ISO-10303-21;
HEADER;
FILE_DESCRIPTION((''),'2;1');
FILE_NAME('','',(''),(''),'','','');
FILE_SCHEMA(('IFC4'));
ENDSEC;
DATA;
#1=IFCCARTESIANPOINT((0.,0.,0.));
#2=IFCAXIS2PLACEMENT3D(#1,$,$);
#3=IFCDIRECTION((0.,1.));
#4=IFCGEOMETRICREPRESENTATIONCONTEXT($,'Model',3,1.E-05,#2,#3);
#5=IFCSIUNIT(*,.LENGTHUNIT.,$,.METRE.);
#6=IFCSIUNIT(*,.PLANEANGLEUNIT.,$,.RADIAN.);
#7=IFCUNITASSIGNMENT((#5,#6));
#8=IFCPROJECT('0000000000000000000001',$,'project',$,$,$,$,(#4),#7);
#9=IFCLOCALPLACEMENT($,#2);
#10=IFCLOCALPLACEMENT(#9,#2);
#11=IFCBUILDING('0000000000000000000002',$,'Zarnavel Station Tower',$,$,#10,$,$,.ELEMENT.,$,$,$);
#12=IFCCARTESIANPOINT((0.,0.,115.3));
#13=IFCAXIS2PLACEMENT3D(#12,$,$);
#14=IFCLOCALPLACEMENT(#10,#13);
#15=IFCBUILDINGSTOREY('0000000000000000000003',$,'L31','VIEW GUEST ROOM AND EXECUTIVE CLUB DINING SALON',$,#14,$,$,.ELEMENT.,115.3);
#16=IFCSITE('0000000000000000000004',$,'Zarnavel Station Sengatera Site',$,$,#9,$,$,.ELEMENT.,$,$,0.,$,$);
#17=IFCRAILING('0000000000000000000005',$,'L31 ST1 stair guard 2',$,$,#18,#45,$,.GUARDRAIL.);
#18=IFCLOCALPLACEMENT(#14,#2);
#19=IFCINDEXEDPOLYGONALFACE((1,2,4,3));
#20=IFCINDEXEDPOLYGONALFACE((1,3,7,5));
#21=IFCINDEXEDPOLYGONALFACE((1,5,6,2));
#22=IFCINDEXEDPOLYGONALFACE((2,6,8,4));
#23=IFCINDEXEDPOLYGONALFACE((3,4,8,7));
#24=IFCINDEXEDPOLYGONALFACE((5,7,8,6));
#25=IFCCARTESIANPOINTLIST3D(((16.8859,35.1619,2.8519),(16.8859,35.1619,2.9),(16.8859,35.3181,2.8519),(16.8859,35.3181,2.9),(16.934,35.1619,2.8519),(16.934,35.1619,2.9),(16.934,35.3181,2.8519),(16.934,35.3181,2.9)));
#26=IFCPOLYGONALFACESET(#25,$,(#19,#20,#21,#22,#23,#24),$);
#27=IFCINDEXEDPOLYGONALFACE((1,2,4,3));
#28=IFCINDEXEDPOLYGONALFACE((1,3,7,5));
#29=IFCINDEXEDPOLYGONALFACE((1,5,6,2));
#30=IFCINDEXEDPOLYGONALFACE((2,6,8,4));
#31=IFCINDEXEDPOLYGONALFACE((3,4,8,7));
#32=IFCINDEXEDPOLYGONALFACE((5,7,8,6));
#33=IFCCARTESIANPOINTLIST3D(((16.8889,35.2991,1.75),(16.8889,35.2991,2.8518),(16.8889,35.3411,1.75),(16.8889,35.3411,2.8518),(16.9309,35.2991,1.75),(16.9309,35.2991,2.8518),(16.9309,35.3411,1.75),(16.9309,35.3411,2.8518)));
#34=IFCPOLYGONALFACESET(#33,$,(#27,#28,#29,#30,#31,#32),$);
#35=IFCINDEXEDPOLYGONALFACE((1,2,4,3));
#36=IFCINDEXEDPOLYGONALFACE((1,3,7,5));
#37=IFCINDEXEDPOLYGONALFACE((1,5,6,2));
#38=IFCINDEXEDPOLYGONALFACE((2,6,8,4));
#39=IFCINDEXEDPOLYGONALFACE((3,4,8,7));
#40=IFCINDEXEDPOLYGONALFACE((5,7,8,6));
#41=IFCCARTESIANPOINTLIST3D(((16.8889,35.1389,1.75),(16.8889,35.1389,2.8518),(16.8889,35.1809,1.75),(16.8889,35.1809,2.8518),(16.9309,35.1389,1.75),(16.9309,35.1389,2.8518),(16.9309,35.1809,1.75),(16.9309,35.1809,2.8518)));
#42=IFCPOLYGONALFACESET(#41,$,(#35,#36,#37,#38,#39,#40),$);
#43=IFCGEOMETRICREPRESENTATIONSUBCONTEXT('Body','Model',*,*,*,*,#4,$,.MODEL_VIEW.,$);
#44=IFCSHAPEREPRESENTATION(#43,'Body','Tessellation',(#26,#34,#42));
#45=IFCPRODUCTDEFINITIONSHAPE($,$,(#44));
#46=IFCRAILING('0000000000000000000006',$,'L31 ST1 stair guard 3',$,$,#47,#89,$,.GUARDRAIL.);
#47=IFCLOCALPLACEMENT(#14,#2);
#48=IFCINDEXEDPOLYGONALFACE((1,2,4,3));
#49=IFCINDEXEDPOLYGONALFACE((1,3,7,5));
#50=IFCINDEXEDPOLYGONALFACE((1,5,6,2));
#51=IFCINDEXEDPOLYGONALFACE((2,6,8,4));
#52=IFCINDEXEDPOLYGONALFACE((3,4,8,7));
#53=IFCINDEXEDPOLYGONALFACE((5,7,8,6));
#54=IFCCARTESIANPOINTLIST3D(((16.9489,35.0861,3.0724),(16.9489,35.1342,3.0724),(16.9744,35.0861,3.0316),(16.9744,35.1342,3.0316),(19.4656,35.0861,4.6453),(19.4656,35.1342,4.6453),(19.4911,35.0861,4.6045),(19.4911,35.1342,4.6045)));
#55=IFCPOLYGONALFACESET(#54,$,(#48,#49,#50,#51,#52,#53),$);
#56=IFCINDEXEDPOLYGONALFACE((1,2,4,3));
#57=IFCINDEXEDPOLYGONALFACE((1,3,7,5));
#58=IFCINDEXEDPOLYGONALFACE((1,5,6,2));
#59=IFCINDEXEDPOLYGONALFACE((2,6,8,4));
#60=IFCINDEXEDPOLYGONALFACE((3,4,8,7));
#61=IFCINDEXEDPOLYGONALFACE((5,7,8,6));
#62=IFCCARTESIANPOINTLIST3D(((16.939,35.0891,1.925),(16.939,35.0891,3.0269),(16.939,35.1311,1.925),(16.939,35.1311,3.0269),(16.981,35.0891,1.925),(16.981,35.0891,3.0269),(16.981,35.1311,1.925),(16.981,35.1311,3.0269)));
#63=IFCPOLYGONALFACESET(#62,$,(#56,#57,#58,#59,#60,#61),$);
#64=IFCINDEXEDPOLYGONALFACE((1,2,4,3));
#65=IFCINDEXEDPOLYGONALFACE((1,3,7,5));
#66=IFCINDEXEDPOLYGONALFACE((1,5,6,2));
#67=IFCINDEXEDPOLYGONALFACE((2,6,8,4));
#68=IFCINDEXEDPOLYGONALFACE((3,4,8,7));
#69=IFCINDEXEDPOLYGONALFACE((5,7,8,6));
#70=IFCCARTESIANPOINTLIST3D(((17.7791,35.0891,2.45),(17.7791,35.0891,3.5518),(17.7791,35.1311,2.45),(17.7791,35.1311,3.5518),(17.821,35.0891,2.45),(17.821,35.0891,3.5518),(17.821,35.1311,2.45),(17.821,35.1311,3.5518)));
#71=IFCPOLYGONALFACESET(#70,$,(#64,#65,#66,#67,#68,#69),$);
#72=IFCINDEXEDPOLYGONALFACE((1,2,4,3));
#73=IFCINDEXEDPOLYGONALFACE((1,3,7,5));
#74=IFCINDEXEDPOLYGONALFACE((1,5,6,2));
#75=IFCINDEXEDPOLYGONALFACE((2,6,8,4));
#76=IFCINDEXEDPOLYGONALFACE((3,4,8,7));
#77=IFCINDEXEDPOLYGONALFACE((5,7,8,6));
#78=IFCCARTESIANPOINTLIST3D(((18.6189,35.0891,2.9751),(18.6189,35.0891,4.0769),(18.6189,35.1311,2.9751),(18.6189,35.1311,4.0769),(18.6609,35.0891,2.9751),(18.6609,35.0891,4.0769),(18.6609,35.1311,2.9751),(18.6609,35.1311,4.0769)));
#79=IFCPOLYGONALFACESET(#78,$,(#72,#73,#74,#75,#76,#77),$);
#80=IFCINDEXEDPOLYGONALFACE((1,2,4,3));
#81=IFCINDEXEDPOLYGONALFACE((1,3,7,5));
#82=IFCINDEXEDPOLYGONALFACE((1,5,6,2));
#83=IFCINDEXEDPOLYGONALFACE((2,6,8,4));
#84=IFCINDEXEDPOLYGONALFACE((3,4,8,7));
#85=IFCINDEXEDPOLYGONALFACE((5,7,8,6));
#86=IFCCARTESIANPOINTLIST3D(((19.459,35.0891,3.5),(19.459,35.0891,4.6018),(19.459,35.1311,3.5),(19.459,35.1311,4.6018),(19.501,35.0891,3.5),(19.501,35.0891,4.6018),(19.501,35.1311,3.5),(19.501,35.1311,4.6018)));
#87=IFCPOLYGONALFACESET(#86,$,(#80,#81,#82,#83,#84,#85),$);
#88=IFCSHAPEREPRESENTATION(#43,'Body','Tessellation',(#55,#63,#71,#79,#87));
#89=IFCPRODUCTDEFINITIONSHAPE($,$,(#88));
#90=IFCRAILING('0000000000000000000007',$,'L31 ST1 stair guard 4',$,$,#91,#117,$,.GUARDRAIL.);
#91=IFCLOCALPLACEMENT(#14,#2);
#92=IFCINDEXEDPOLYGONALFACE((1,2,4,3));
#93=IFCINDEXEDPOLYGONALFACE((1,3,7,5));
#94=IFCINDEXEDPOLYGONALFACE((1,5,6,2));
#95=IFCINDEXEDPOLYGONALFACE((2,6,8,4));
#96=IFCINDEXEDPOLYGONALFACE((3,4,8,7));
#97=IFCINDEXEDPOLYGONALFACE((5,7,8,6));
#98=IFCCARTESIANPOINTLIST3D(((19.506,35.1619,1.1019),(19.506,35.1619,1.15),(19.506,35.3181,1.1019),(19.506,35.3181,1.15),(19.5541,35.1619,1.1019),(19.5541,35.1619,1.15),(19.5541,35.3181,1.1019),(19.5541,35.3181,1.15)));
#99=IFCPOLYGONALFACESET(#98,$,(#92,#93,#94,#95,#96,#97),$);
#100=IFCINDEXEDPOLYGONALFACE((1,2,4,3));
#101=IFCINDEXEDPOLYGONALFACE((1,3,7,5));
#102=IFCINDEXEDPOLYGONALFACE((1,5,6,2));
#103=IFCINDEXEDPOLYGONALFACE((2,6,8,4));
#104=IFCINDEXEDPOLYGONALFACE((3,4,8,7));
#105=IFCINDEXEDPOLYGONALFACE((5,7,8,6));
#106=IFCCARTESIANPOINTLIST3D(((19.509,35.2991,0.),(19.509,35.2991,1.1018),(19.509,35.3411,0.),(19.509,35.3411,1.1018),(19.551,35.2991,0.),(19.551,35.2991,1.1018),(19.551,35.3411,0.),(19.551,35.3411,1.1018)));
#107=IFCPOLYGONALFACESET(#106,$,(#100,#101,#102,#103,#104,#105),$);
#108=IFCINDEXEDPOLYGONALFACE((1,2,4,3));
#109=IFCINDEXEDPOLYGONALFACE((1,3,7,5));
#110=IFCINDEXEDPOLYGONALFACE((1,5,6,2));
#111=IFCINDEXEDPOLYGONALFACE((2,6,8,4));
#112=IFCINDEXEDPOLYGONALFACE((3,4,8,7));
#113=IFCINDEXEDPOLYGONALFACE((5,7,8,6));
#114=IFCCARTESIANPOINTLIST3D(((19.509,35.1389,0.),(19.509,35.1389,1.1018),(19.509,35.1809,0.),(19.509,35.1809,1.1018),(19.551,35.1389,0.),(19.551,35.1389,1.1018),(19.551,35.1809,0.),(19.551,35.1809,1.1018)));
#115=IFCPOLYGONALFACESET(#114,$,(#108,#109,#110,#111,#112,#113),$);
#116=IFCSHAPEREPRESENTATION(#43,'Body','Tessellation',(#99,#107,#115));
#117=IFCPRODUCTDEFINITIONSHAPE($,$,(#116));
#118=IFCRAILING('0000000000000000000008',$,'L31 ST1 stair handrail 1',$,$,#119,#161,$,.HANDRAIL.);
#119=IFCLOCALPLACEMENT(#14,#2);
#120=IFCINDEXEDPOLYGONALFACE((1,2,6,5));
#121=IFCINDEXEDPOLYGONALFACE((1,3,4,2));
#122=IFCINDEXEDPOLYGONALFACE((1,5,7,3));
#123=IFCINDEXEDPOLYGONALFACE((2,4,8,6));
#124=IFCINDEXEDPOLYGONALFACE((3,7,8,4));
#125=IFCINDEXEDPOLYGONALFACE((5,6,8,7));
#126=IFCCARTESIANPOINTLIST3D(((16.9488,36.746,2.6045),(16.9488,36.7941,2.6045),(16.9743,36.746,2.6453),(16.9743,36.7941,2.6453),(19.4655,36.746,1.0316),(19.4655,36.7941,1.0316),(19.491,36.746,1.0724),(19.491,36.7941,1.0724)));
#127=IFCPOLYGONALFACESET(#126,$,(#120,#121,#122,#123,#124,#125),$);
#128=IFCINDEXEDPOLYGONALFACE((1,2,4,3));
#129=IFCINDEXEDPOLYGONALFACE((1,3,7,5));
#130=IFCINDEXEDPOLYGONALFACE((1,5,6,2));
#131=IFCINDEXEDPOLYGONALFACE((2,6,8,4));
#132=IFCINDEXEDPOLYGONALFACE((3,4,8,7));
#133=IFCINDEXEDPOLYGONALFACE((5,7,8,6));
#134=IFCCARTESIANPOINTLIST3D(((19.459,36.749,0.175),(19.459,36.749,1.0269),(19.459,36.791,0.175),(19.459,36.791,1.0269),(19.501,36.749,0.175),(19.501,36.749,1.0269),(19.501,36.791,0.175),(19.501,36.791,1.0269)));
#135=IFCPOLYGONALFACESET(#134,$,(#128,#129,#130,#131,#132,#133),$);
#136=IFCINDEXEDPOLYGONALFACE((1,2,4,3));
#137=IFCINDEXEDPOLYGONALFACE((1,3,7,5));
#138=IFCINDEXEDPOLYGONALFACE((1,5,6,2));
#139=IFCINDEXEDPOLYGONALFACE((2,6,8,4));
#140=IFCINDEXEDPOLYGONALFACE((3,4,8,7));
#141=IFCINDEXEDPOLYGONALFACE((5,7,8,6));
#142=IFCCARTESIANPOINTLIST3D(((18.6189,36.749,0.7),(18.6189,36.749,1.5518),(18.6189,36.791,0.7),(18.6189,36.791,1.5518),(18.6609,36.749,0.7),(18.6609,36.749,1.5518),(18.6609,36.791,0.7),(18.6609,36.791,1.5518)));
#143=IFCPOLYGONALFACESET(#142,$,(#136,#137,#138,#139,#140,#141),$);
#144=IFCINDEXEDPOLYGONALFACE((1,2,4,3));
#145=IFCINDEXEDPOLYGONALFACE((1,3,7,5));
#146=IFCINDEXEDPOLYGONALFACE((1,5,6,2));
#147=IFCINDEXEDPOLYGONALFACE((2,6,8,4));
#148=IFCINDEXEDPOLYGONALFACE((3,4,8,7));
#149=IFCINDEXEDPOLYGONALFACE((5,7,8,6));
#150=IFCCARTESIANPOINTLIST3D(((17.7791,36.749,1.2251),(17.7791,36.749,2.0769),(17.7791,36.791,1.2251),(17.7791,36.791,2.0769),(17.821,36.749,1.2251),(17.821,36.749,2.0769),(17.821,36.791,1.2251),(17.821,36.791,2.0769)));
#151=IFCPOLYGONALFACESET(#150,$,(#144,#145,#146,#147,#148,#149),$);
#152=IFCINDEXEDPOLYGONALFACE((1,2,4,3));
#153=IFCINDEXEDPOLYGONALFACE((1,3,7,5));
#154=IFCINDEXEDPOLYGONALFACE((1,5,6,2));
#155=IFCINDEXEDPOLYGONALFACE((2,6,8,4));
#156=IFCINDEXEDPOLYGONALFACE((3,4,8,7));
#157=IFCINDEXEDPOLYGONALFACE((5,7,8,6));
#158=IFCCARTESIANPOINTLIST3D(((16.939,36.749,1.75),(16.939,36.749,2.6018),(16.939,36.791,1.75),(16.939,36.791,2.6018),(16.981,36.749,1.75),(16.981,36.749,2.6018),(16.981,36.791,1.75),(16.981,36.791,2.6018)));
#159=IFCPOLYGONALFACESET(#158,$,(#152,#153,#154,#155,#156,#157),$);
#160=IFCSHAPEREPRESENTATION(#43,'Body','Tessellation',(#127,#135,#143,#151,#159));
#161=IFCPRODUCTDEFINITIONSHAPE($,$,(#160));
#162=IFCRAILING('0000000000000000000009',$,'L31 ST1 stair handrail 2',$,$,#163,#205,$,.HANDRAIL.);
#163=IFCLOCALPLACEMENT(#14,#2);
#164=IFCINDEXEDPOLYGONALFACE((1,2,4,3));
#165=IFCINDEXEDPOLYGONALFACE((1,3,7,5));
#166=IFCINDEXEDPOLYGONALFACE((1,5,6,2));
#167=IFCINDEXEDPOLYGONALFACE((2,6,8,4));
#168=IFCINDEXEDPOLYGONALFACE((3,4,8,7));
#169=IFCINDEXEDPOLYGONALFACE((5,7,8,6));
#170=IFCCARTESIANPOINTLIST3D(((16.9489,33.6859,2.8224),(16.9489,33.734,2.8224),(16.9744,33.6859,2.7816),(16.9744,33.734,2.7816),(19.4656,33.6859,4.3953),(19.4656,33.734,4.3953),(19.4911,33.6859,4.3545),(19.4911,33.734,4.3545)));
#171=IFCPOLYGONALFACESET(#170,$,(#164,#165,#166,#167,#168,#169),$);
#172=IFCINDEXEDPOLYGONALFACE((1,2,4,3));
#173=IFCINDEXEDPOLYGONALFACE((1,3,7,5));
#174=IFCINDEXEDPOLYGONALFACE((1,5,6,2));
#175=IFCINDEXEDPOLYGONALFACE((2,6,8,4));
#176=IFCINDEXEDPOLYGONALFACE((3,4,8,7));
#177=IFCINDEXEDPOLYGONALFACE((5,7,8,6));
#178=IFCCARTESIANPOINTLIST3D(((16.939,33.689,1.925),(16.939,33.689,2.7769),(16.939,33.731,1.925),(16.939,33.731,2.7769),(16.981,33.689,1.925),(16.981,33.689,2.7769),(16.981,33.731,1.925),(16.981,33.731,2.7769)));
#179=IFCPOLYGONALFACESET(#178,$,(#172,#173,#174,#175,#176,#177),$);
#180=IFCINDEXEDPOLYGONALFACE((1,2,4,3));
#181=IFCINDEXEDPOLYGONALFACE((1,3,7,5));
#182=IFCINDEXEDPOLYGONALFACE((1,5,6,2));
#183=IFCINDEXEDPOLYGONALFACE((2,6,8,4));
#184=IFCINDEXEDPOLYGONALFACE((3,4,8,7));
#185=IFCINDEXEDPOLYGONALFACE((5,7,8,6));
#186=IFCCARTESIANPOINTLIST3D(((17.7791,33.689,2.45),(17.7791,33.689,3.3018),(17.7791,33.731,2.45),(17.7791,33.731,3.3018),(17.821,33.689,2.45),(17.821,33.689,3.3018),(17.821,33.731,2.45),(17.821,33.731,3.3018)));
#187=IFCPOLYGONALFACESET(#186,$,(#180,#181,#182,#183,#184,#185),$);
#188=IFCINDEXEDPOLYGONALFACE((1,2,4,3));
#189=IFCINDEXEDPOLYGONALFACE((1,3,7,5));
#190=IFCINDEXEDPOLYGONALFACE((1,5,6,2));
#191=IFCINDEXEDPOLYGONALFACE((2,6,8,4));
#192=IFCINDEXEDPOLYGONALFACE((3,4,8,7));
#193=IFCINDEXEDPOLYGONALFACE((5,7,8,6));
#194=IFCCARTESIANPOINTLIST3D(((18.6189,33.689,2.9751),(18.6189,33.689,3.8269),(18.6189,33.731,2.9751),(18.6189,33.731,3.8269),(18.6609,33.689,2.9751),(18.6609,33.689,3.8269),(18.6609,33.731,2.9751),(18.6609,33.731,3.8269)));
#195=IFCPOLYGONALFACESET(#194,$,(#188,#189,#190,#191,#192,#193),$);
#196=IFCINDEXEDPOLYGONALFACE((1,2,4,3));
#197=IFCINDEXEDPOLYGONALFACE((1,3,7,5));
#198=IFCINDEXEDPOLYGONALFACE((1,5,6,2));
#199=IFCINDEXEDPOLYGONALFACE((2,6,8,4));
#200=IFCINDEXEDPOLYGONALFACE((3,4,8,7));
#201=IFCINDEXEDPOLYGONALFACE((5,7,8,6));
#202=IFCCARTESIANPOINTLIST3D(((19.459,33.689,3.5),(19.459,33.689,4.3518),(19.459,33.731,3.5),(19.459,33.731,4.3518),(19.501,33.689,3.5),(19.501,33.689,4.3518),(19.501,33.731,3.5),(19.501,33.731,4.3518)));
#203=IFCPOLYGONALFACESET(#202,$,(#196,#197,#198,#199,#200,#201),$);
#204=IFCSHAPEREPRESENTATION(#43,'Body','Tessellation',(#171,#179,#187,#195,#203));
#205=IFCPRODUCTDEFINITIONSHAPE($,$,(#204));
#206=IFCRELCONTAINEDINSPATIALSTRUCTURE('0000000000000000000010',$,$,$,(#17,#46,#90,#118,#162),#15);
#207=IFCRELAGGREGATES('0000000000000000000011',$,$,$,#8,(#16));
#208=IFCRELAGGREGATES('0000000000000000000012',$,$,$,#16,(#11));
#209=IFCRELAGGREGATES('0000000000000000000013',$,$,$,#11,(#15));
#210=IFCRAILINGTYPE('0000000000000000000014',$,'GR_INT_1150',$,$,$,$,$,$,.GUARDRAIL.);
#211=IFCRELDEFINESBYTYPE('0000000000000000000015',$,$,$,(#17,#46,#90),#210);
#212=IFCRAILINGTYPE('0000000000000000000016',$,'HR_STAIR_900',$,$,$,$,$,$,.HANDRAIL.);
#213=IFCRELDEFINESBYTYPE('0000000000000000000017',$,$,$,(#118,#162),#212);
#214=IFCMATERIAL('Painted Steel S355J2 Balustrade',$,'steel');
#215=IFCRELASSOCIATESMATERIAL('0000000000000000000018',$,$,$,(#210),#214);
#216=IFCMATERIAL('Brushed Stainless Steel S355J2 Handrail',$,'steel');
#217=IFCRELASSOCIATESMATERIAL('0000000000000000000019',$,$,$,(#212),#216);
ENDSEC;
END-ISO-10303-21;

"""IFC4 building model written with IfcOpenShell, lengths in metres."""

from ifc_helpers import new_model, si_unit, direction, frame, origin, origin_2d, place, context, subcontext, project, spatial, rectangle, extrude, material, type_object, element, save


model = new_model("IFC4")

# Units and contexts
model_context = context("Model", 3, precision=1e-05, world=origin(), true_north=direction((0.0, 1.0)))
body_context = subcontext(model_context, "Body", "Model", "MODEL_VIEW")
ifc_project = project(units=[si_unit("LENGTHUNIT", "METRE"), si_unit("PLANEANGLEUNIT", "RADIAN")], contexts=[model_context])

# Site, building, storey
site_placement = place(None, origin())
site = spatial("IfcSite", under=ifc_project, at=site_placement, Name="Zarnavel Station Sengatera Site", CompositionType="ELEMENT", RefElevation=0.0)
building_placement = place(site_placement, origin())
building = spatial("IfcBuilding", under=site, at=building_placement, Name="Zarnavel Station Tower", CompositionType="ELEMENT")
storey_placement = place(building_placement, frame((0.0, 0.0, 115.3)))
storey = spatial("IfcBuildingStorey", under=building, at=storey_placement, Name="L31", Description="VIEW GUEST ROOM AND EXECUTIVE CLUB DINING SALON", CompositionType="ELEMENT", Elevation=115.3)

# Railings
ifc_material_1 = material(Name="Painted Steel S355J2 Balustrade", Category="steel")
railing_type_1 = type_object("IfcRailingType", Name="GR_INT_1150", PredefinedType="GUARDRAIL", material=ifc_material_1)
railing_1_placement = place(storey_placement, frame((16.9099, 35.3201, 1.75)))
element("IfcRailing", 1, at=railing_1_placement, inside=storey, type_object=railing_type_1, Name="L31 ST1 stair guard 2", PredefinedType="GUARDRAIL", context=body_context, shape_type="SweptSolid", body=[
    extrude(rectangle(XDim=0.0481, YDim=0.0481, at=origin_2d()), frame((0.0, -0.002, 1.126), z_axis=(0.0, -1.0, 0.0), x_axis=(1.0, 0.0, 0.0)), (0.0, 0.0, 1.0), 0.1562),
    extrude(rectangle(XDim=0.042, YDim=0.042, at=origin_2d()), origin(), (0.0, 0.0, 1.0), 1.1018),
    extrude(rectangle(XDim=0.042, YDim=0.042, at=origin_2d()), frame((0.0, -0.1602, 0.0)), (0.0, 0.0, 1.0), 1.1018),
])
railing_2_placement = place(storey_placement, frame((16.96, 35.1101, 1.925)))
element("IfcRailing", 2, at=railing_2_placement, inside=storey, type_object=railing_type_1, Name="L31 ST1 stair guard 3", PredefinedType="GUARDRAIL", context=body_context, shape_type="SweptSolid", body=[
    extrude(rectangle(XDim=0.0481, YDim=0.0481, at=origin_2d()), frame((0.0017, 0.0, 1.127), z_axis=(0.848008, 0.0, 0.529984), x_axis=(0.0, 1.0, 0.0)), (0.0, 0.0, 1.0), 2.9678),
    extrude(rectangle(XDim=0.042, YDim=0.042, at=origin_2d()), origin(), (0.0, 0.0, 1.0), 1.1018),
    extrude(rectangle(XDim=0.042, YDim=0.042, at=origin_2d()), frame((0.8401, 0.0, 0.5249)), (0.0, 0.0, 1.0), 1.1018),
    extrude(rectangle(XDim=0.042, YDim=0.042, at=origin_2d()), frame((1.6799, 0.0, 1.05)), (0.0, 0.0, 1.0), 1.1018),
    extrude(rectangle(XDim=0.042, YDim=0.042, at=origin_2d()), frame((2.52, 0.0, 1.575)), (0.0, 0.0, 1.0), 1.1018),
])
railing_3_placement = place(storey_placement, frame((19.53, 35.3201, 0.0)))
element("IfcRailing", 3, at=railing_3_placement, inside=storey, type_object=railing_type_1, Name="L31 ST1 stair guard 4", PredefinedType="GUARDRAIL", context=body_context, shape_type="SweptSolid", body=[
    extrude(rectangle(XDim=0.0481, YDim=0.0481, at=origin_2d()), frame((0.0, -0.002, 1.126), z_axis=(0.0, -1.0, 0.0), x_axis=(1.0, 0.0, 0.0)), (0.0, 0.0, 1.0), 0.1562),
    extrude(rectangle(XDim=0.042, YDim=0.042, at=origin_2d()), origin(), (0.0, 0.0, 1.0), 1.1018),
    extrude(rectangle(XDim=0.042, YDim=0.042, at=origin_2d()), frame((0.0, -0.1602, 0.0)), (0.0, 0.0, 1.0), 1.1018),
])
ifc_material_2 = material(Name="Brushed Stainless Steel S355J2 Handrail", Category="steel")
railing_type_2 = type_object("IfcRailingType", Name="HR_STAIR_900", PredefinedType="HANDRAIL", material=ifc_material_2)
railing_4_placement = place(storey_placement, frame((19.48, 36.77, 0.175)))
element("IfcRailing", 4, at=railing_4_placement, inside=storey, type_object=railing_type_2, Name="L31 ST1 stair handrail 1", PredefinedType="HANDRAIL", context=body_context, shape_type="SweptSolid", body=[
    extrude(rectangle(XDim=0.0481, YDim=0.0481, at=origin_2d()), frame((-0.0017, 0.0, 0.877), z_axis=(-0.848008, 0.0, 0.529984), x_axis=(0.0, -1.0, 0.0)), (0.0, 0.0, 1.0), 2.9678),
    extrude(rectangle(XDim=0.042, YDim=0.042, at=origin_2d()), origin(), (0.0, 0.0, 1.0), 0.8518),
    extrude(rectangle(XDim=0.042, YDim=0.042, at=origin_2d()), frame((-0.8401, 0.0, 0.5249)), (0.0, 0.0, 1.0), 0.8518),
    extrude(rectangle(XDim=0.042, YDim=0.042, at=origin_2d()), frame((-1.6799, 0.0, 1.05)), (0.0, 0.0, 1.0), 0.8518),
    extrude(rectangle(XDim=0.042, YDim=0.042, at=origin_2d()), frame((-2.52, 0.0, 1.575)), (0.0, 0.0, 1.0), 0.8518),
])
railing_5_placement = place(storey_placement, frame((16.96, 33.71, 1.925)))
element("IfcRailing", 5, at=railing_5_placement, inside=storey, type_object=railing_type_2, Name="L31 ST1 stair handrail 2", PredefinedType="HANDRAIL", context=body_context, shape_type="SweptSolid", body=[
    extrude(rectangle(XDim=0.0481, YDim=0.0481, at=origin_2d()), frame((0.0017, 0.0, 0.877), z_axis=(0.848008, 0.0, 0.529984), x_axis=(0.0, 1.0, 0.0)), (0.0, 0.0, 1.0), 2.9678),
    extrude(rectangle(XDim=0.042, YDim=0.042, at=origin_2d()), origin(), (0.0, 0.0, 1.0), 0.8518),
    extrude(rectangle(XDim=0.042, YDim=0.042, at=origin_2d()), frame((0.8401, 0.0, 0.5249)), (0.0, 0.0, 1.0), 0.8518),
    extrude(rectangle(XDim=0.042, YDim=0.042, at=origin_2d()), frame((1.6799, 0.0, 1.05)), (0.0, 0.0, 1.0), 0.8518),
    extrude(rectangle(XDim=0.042, YDim=0.042, at=origin_2d()), frame((2.52, 0.0, 1.575)), (0.0, 0.0, 1.0), 0.8518),
])

save(model, "model.ifc")
